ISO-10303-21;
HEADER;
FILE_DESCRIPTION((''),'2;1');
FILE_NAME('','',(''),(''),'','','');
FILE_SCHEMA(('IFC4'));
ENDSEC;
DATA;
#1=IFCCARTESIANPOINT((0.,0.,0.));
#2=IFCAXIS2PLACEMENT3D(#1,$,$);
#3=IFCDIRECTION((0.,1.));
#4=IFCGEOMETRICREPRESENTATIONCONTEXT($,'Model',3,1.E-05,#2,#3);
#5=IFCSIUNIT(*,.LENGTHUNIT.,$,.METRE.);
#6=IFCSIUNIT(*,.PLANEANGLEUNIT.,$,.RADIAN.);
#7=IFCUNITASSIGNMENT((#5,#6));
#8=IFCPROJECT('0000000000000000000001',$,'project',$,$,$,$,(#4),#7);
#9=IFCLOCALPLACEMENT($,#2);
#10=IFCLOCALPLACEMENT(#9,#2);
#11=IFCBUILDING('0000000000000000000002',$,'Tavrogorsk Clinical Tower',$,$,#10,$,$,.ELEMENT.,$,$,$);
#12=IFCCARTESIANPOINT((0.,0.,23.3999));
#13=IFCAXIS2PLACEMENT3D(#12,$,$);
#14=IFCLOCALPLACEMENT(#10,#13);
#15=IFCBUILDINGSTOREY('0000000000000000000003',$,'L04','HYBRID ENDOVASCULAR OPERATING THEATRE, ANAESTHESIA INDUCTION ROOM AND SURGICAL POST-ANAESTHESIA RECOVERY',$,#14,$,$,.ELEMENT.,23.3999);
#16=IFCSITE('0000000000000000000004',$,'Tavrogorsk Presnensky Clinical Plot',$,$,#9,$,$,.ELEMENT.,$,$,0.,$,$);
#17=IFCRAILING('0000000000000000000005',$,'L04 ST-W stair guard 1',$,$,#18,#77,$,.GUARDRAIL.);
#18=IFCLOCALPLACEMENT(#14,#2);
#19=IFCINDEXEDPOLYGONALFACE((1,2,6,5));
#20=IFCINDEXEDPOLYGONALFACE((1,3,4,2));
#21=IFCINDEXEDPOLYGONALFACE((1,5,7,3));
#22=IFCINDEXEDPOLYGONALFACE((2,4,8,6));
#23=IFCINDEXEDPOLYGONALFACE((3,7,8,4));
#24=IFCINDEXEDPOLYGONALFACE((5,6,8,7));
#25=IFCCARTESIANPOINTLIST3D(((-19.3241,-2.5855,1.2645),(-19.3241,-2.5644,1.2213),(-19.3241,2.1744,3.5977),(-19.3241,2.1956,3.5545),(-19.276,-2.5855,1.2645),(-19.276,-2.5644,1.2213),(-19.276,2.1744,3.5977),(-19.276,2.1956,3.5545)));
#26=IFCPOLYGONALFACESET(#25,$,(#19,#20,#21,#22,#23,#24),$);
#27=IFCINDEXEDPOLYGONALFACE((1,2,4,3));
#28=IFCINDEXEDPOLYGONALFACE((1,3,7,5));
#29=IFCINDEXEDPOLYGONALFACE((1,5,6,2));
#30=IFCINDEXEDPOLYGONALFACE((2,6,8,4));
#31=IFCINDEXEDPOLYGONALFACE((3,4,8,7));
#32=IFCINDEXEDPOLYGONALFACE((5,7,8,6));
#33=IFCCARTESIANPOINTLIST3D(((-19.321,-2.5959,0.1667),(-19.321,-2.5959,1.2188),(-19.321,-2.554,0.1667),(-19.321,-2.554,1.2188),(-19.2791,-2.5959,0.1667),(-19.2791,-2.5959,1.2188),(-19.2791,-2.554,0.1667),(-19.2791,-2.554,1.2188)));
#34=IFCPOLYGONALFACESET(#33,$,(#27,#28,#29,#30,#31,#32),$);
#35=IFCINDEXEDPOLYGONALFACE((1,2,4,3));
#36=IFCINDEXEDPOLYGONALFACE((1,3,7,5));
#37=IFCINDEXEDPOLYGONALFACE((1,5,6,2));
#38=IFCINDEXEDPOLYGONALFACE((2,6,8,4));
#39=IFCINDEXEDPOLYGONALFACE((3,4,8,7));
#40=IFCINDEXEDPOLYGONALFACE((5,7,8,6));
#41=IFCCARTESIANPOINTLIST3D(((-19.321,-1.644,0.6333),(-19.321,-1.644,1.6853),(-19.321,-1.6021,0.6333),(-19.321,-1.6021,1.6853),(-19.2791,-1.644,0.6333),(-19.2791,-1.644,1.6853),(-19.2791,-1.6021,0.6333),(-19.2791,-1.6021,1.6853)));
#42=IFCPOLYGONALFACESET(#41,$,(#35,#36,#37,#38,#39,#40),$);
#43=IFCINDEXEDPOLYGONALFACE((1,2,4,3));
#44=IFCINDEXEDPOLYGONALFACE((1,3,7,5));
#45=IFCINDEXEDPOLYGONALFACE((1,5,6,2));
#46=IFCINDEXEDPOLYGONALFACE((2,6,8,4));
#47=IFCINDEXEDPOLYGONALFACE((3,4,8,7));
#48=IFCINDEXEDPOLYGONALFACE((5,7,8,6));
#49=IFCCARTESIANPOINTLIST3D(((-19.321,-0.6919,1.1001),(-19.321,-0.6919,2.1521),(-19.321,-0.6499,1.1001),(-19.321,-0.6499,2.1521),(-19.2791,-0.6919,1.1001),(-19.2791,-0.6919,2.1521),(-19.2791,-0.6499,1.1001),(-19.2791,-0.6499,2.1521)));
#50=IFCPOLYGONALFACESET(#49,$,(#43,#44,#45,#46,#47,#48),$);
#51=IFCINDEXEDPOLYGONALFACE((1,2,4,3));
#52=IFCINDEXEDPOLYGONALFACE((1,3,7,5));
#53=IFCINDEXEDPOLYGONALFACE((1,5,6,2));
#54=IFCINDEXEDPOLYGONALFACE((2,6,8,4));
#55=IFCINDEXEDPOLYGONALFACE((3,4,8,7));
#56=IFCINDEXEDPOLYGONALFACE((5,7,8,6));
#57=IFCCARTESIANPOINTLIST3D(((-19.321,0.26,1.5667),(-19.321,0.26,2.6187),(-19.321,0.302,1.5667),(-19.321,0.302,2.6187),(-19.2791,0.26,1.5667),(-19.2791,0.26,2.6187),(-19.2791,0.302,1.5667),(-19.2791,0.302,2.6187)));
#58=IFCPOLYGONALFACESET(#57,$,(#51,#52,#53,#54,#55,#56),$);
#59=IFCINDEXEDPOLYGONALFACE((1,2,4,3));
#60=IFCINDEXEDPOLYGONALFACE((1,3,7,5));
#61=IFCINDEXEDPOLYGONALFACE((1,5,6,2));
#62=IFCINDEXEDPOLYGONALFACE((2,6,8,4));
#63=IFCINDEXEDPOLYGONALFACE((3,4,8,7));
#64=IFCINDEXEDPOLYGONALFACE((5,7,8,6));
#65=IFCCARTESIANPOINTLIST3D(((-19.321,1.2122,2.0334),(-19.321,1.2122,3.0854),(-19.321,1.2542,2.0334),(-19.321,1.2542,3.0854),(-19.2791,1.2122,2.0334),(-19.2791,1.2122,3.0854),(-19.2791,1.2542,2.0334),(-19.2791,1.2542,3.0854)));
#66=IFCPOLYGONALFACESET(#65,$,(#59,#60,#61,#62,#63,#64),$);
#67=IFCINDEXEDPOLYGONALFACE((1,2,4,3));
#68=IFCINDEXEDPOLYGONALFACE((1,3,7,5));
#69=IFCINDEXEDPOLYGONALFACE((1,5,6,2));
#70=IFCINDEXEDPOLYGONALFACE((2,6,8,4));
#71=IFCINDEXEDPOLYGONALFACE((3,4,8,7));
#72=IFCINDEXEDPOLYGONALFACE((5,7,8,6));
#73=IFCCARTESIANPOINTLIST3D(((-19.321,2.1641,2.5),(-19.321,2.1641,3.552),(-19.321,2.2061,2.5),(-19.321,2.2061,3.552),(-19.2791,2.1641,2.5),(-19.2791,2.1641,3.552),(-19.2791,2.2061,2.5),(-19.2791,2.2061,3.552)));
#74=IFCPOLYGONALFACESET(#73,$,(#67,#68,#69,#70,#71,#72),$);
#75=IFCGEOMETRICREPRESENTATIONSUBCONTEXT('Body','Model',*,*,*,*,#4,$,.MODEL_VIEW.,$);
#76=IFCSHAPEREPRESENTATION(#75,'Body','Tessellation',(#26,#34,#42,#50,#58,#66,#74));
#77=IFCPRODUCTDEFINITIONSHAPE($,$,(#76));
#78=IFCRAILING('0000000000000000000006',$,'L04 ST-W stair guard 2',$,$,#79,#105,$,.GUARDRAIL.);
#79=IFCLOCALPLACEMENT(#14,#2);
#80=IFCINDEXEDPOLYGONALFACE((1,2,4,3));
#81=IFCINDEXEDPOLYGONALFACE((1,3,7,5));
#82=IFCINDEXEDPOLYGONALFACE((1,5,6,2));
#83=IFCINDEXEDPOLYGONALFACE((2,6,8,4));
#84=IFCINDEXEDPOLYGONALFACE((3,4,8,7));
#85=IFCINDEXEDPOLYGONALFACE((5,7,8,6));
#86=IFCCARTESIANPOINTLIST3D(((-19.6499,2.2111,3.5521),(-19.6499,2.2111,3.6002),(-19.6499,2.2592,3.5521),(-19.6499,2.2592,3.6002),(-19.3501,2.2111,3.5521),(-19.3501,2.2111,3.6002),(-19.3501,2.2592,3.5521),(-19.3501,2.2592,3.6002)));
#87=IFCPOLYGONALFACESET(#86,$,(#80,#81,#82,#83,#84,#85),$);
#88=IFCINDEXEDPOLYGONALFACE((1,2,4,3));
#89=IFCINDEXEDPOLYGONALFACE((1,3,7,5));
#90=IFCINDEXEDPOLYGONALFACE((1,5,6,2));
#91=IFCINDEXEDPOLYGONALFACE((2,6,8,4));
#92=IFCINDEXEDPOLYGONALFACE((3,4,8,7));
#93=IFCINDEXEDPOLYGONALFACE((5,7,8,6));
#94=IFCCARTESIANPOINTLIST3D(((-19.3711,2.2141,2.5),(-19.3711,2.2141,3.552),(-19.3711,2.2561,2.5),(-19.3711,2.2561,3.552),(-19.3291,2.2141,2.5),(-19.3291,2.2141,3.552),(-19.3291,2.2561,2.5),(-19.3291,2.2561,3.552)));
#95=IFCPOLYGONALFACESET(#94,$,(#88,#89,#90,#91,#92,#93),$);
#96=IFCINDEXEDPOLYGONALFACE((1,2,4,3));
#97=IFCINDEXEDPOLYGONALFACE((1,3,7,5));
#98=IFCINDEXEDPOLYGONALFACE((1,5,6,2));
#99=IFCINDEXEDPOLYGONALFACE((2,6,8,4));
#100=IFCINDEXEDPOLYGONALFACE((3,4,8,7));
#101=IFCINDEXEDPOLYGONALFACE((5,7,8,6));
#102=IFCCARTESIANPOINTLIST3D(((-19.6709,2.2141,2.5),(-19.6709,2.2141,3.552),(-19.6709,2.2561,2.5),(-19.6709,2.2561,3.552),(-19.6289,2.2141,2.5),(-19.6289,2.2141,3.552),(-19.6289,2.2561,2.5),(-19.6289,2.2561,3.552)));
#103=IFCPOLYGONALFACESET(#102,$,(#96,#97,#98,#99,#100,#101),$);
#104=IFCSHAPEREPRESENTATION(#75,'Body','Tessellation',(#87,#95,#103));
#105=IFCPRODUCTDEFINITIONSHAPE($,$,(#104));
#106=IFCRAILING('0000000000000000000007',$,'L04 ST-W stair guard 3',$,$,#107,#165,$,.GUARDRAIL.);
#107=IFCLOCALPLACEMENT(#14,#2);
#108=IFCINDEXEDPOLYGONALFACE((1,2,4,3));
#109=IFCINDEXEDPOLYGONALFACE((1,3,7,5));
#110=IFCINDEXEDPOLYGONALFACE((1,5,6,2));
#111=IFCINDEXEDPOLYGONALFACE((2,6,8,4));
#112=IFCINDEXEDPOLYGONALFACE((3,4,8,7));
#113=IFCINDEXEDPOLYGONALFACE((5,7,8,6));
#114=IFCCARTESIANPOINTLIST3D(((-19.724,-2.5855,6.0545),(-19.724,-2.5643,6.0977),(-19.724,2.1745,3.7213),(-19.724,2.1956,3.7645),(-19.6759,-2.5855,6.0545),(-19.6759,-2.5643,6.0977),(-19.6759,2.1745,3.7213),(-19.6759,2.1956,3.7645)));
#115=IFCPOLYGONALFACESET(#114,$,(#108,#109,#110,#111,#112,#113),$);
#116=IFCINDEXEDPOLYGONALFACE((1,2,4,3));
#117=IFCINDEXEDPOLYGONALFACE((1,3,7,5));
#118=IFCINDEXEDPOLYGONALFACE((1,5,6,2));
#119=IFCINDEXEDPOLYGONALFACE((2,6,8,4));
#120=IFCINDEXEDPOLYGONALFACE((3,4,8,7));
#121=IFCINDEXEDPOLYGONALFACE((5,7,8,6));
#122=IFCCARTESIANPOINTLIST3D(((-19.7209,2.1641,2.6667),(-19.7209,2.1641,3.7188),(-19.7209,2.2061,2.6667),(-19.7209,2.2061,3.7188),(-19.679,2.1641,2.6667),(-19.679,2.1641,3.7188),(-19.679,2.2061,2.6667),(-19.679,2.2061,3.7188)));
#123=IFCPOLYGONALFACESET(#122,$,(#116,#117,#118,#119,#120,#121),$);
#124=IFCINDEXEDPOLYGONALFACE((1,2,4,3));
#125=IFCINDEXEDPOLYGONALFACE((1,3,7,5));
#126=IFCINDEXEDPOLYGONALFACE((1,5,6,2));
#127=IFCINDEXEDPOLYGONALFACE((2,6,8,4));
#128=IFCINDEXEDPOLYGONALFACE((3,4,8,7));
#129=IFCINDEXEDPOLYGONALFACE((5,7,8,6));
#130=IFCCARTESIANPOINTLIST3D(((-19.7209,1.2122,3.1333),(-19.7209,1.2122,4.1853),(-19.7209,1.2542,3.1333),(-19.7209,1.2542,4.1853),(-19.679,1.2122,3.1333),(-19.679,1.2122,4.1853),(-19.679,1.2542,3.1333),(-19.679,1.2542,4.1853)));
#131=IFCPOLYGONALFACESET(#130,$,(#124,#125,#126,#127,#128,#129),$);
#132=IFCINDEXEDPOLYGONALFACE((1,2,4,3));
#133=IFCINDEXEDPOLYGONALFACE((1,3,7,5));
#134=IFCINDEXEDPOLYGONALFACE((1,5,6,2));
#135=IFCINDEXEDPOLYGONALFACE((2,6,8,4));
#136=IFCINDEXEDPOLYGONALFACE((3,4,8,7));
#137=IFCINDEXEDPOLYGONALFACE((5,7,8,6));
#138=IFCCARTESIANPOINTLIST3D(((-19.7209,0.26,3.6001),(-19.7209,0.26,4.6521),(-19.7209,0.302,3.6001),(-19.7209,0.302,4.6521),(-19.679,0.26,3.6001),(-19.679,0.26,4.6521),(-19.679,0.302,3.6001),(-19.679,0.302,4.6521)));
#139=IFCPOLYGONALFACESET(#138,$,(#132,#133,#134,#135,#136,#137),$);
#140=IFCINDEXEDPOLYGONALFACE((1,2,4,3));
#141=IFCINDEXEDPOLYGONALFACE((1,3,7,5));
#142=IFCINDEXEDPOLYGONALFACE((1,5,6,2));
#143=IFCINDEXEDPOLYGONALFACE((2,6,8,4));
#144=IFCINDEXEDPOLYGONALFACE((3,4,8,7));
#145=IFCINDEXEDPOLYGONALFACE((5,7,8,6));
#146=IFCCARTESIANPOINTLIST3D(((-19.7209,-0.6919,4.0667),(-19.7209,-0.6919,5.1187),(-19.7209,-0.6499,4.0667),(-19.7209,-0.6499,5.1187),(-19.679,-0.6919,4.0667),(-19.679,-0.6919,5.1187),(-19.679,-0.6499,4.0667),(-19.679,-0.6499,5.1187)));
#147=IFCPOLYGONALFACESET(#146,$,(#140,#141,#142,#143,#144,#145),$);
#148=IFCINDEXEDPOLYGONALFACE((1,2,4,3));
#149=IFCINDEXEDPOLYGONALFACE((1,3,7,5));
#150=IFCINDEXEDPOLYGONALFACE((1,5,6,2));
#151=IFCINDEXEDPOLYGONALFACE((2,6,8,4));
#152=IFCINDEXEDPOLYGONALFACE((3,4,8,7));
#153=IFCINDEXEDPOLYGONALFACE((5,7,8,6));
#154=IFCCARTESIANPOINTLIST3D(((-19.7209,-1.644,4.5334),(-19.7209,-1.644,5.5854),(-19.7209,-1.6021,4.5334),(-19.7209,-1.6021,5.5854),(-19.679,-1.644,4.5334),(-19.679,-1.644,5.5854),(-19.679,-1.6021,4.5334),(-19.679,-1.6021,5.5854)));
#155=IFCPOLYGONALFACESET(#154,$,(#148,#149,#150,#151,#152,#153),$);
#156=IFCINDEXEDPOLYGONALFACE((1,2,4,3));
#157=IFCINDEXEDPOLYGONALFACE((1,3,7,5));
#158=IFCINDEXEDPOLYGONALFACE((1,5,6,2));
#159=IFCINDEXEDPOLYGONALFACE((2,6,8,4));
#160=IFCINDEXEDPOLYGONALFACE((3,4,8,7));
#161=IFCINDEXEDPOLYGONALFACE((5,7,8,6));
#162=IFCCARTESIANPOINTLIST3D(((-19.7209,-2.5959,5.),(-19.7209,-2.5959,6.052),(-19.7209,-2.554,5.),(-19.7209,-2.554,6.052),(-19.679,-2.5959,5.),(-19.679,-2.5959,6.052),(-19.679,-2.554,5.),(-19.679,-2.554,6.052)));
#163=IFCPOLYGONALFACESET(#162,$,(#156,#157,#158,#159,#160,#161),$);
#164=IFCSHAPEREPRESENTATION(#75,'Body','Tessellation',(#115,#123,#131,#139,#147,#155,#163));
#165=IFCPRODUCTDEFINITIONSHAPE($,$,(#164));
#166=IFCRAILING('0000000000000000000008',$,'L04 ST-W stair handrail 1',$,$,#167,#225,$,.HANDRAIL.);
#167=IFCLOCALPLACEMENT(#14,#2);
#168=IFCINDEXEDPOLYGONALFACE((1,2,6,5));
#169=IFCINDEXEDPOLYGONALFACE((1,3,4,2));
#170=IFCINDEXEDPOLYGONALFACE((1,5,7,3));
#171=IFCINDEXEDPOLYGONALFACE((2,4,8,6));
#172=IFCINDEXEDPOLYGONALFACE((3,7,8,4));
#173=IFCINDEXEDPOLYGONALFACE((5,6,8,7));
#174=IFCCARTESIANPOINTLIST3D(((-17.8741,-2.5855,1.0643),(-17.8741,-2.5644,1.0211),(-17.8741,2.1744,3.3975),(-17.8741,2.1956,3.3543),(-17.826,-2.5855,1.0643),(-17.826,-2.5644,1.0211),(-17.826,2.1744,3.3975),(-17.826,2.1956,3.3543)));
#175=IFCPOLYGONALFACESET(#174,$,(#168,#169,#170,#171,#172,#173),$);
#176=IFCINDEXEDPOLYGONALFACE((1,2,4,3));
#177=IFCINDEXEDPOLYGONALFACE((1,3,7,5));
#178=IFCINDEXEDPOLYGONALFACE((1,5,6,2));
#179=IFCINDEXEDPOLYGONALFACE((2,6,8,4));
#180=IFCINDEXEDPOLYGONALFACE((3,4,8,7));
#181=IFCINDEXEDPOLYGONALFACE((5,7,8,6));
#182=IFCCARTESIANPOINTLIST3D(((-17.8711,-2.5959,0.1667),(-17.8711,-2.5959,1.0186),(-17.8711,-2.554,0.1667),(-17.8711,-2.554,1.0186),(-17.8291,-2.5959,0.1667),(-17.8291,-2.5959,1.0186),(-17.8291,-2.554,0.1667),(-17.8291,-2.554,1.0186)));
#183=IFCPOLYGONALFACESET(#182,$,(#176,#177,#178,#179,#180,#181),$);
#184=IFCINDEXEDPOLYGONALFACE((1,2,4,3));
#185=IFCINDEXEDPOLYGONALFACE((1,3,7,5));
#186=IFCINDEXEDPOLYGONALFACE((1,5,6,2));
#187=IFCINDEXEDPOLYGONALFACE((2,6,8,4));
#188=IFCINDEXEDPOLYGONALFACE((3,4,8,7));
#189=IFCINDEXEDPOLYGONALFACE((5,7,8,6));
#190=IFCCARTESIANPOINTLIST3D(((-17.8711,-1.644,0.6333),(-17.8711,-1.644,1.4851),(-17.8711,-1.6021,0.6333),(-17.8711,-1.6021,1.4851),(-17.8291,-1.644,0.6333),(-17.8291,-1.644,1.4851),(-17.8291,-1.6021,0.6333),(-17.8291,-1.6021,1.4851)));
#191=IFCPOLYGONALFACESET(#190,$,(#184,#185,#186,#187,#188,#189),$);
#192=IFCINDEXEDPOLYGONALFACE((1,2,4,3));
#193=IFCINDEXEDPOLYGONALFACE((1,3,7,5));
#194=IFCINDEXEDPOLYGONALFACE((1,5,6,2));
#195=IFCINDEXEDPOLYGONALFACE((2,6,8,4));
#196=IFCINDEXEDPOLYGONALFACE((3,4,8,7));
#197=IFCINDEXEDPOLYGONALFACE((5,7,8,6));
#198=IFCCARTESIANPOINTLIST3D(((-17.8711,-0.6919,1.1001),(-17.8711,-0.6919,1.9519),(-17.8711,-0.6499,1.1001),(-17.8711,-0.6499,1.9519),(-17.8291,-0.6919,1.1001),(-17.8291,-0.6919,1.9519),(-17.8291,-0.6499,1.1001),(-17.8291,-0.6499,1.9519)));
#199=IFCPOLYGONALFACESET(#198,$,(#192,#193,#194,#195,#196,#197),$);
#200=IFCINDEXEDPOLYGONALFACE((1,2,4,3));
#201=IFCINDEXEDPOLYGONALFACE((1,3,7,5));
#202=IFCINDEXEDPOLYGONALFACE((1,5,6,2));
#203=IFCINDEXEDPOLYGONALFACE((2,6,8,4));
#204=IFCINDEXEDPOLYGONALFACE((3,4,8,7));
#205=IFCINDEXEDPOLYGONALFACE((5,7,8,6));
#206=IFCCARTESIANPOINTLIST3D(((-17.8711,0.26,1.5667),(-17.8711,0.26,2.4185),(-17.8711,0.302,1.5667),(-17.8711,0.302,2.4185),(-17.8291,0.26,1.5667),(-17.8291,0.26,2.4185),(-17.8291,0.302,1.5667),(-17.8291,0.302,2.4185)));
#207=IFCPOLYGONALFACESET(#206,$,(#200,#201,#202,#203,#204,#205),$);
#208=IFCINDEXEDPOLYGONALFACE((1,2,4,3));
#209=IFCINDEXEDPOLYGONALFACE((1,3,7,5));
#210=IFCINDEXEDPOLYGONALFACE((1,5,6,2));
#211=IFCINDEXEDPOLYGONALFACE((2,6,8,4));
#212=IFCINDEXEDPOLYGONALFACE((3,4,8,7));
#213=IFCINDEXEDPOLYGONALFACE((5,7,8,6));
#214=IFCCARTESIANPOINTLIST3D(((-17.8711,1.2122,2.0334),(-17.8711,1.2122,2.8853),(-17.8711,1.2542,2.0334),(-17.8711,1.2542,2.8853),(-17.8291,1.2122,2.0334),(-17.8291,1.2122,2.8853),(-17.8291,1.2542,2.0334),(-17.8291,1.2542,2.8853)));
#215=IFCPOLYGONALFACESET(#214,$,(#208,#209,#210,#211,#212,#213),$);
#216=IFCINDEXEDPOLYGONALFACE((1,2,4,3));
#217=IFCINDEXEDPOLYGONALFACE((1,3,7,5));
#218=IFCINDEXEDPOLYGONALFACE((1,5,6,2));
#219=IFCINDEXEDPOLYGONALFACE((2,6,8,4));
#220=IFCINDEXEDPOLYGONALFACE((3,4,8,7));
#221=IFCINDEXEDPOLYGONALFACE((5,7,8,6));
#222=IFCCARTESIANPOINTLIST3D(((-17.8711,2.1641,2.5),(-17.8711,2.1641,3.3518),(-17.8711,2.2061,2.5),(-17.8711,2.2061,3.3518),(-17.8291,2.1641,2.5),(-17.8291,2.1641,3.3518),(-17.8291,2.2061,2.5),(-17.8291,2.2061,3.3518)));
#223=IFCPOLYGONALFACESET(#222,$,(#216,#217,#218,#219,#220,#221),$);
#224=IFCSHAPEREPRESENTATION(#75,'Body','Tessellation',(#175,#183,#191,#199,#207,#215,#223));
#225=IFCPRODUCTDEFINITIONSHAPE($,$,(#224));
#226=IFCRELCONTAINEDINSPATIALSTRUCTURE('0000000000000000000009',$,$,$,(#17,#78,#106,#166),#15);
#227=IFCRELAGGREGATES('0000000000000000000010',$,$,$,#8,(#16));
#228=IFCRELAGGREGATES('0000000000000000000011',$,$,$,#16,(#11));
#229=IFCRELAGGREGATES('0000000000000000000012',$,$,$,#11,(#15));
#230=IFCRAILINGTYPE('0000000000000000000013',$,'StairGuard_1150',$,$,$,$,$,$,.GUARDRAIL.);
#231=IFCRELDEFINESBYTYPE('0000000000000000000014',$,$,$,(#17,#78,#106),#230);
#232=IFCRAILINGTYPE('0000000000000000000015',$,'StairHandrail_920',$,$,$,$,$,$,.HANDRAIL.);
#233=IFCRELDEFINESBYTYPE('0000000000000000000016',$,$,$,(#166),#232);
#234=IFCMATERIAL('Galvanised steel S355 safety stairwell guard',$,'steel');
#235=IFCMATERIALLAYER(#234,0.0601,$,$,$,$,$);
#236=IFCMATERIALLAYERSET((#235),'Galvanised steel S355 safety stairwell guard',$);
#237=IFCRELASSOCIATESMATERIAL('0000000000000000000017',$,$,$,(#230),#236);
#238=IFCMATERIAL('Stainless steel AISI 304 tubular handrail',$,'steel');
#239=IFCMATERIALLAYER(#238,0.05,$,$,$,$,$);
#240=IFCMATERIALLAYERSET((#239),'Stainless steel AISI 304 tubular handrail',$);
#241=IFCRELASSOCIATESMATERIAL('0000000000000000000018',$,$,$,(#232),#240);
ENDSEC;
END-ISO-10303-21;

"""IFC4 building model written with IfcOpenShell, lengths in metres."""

from ifc_helpers import new_model, si_unit, direction, frame, origin, origin_2d, place, context, subcontext, project, spatial, rectangle, extrude, material, layer, layer_set, type_object, element, save


model = new_model("IFC4")

# Units and contexts
model_context = context("Model", 3, precision=1e-05, world=origin(), true_north=direction((0.0, 1.0)))
body_context = subcontext(model_context, "Body", "Model", "MODEL_VIEW")
ifc_project = project(units=[si_unit("LENGTHUNIT", "METRE"), si_unit("PLANEANGLEUNIT", "RADIAN")], contexts=[model_context])

# Site, building, storey
site_placement = place(None, origin())
site = spatial("IfcSite", under=ifc_project, at=site_placement, Name="Tavrogorsk Presnensky Clinical Plot", CompositionType="ELEMENT", RefElevation=0.0)
building_placement = place(site_placement, origin())
building = spatial("IfcBuilding", under=site, at=building_placement, Name="Tavrogorsk Clinical Tower", CompositionType="ELEMENT")
storey_placement = place(building_placement, frame((0.0, 0.0, 23.3999)))
storey = spatial("IfcBuildingStorey", under=building, at=storey_placement, Name="L04", Description="HYBRID ENDOVASCULAR OPERATING THEATRE, ANAESTHESIA INDUCTION ROOM AND SURGICAL POST-ANAESTHESIA RECOVERY", CompositionType="ELEMENT", Elevation=23.3999)

# Railings
ifc_material_1 = material(Name="Galvanised steel S355 safety stairwell guard", Category="steel")
ifc_layer_1 = layer(ifc_material_1, 0.0601)
ifc_layer_set_1 = layer_set([ifc_layer_1], Name="Galvanised steel S355 safety stairwell guard")
railing_type_1 = type_object("IfcRailingType", Name="StairGuard_1150", PredefinedType="GUARDRAIL", material=ifc_layer_set_1)
railing_1_placement = place(storey_placement, frame((-19.3, -2.575, 0.1667)))
element("IfcRailing", 1, at=railing_1_placement, inside=storey, type_object=railing_type_1, Name="L04 ST-W stair guard 1", PredefinedType="GUARDRAIL", context=body_context, shape_type="SweptSolid", body=[
    extrude(rectangle(XDim=0.0481, YDim=0.0481, at=origin_2d()), frame((0.0, 0.0, 1.0762), z_axis=(0.0, 0.897927, 0.440144), x_axis=(-1.0, 0.0, 0.0)), (0.0, 0.0, 1.0), 5.301),
    extrude(rectangle(XDim=0.042, YDim=0.042, at=origin_2d()), origin(), (0.0, 0.0, 1.0), 1.052),
    extrude(rectangle(XDim=0.042, YDim=0.042, at=origin_2d()), frame((0.0, 0.9519, 0.4666)), (0.0, 0.0, 1.0), 1.052),
    extrude(rectangle(XDim=0.042, YDim=0.042, at=origin_2d()), frame((0.0, 1.9041, 0.9333)), (0.0, 0.0, 1.0), 1.052),
    extrude(rectangle(XDim=0.042, YDim=0.042, at=origin_2d()), frame((0.0, 2.856, 1.3999)), (0.0, 0.0, 1.0), 1.052),
    extrude(rectangle(XDim=0.042, YDim=0.042, at=origin_2d()), frame((0.0, 3.8081, 1.8667)), (0.0, 0.0, 1.0), 1.052),
    extrude(rectangle(XDim=0.042, YDim=0.042, at=origin_2d()), frame((0.0, 4.76, 2.3333)), (0.0, 0.0, 1.0), 1.052),
])
railing_2_placement = place(storey_placement, frame((-19.3501, 2.2351, 2.5)))
element("IfcRailing", 2, at=railing_2_placement, inside=storey, type_object=railing_type_1, Name="L04 ST-W stair guard 2", PredefinedType="GUARDRAIL", context=body_context, shape_type="SweptSolid", body=[
    extrude(rectangle(XDim=0.0481, YDim=0.0481, at=origin_2d()), frame((0.0, 0.0, 1.0762), z_axis=(-1.0, 0.0, 0.0), x_axis=(0.0, -1.0, 0.0)), (0.0, 0.0, 1.0), 0.2998),
    extrude(rectangle(XDim=0.042, YDim=0.042, at=origin_2d()), origin(), (0.0, 0.0, 1.0), 1.052),
    extrude(rectangle(XDim=0.042, YDim=0.042, at=origin_2d()), frame((-0.2998, 0.0, 0.0)), (0.0, 0.0, 1.0), 1.052),
])
railing_3_placement = place(storey_placement, frame((-19.7, 2.1851, 2.6667)))
element("IfcRailing", 3, at=railing_3_placement, inside=storey, type_object=railing_type_1, Name="L04 ST-W stair guard 3", PredefinedType="GUARDRAIL", context=body_context, shape_type="SweptSolid", body=[
    extrude(rectangle(XDim=0.0481, YDim=0.0481, at=origin_2d()), frame((0.0, 0.0, 1.0762), z_axis=(0.0, -0.897927, 0.440144), x_axis=(1.0, 0.0, 0.0)), (0.0, 0.0, 1.0), 5.301),
    extrude(rectangle(XDim=0.042, YDim=0.042, at=origin_2d()), origin(), (0.0, 0.0, 1.0), 1.052),
    extrude(rectangle(XDim=0.042, YDim=0.042, at=origin_2d()), frame((0.0, -0.9519, 0.4666)), (0.0, 0.0, 1.0), 1.052),
    extrude(rectangle(XDim=0.042, YDim=0.042, at=origin_2d()), frame((0.0, -1.9041, 0.9333)), (0.0, 0.0, 1.0), 1.052),
    extrude(rectangle(XDim=0.042, YDim=0.042, at=origin_2d()), frame((0.0, -2.856, 1.3999)), (0.0, 0.0, 1.0), 1.052),
    extrude(rectangle(XDim=0.042, YDim=0.042, at=origin_2d()), frame((0.0, -3.8081, 1.8667)), (0.0, 0.0, 1.0), 1.052),
    extrude(rectangle(XDim=0.042, YDim=0.042, at=origin_2d()), frame((0.0, -4.76, 2.3333)), (0.0, 0.0, 1.0), 1.052),
])
ifc_material_2 = material(Name="Stainless steel AISI 304 tubular handrail", Category="steel")
ifc_layer_2 = layer(ifc_material_2, 0.05)
ifc_layer_set_2 = layer_set([ifc_layer_2], Name="Stainless steel AISI 304 tubular handrail")
railing_type_2 = type_object("IfcRailingType", Name="StairHandrail_920", PredefinedType="HANDRAIL", material=ifc_layer_set_2)
railing_4_placement = place(storey_placement, frame((-17.8501, -2.575, 0.1667)))
element("IfcRailing", 4, at=railing_4_placement, inside=storey, type_object=railing_type_2, Name="L04 ST-W stair handrail 1", PredefinedType="HANDRAIL", context=body_context, shape_type="SweptSolid", body=[
    extrude(rectangle(XDim=0.0481, YDim=0.0481, at=origin_2d()), frame((0.0, 0.0, 0.876), z_axis=(0.0, 0.897927, 0.440144), x_axis=(-1.0, 0.0, 0.0)), (0.0, 0.0, 1.0), 5.301),
    extrude(rectangle(XDim=0.042, YDim=0.042, at=origin_2d()), origin(), (0.0, 0.0, 1.0), 0.8518),
    extrude(rectangle(XDim=0.042, YDim=0.042, at=origin_2d()), frame((0.0, 0.9519, 0.4666)), (0.0, 0.0, 1.0), 0.8518),
    extrude(rectangle(XDim=0.042, YDim=0.042, at=origin_2d()), frame((0.0, 1.9041, 0.9333)), (0.0, 0.0, 1.0), 0.8518),
    extrude(rectangle(XDim=0.042, YDim=0.042, at=origin_2d()), frame((0.0, 2.856, 1.3999)), (0.0, 0.0, 1.0), 0.8518),
    extrude(rectangle(XDim=0.042, YDim=0.042, at=origin_2d()), frame((0.0, 3.8081, 1.8667)), (0.0, 0.0, 1.0), 0.8518),
    extrude(rectangle(XDim=0.042, YDim=0.042, at=origin_2d()), frame((0.0, 4.76, 2.3333)), (0.0, 0.0, 1.0), 0.8518),
])

save(model, "model.ifc")
